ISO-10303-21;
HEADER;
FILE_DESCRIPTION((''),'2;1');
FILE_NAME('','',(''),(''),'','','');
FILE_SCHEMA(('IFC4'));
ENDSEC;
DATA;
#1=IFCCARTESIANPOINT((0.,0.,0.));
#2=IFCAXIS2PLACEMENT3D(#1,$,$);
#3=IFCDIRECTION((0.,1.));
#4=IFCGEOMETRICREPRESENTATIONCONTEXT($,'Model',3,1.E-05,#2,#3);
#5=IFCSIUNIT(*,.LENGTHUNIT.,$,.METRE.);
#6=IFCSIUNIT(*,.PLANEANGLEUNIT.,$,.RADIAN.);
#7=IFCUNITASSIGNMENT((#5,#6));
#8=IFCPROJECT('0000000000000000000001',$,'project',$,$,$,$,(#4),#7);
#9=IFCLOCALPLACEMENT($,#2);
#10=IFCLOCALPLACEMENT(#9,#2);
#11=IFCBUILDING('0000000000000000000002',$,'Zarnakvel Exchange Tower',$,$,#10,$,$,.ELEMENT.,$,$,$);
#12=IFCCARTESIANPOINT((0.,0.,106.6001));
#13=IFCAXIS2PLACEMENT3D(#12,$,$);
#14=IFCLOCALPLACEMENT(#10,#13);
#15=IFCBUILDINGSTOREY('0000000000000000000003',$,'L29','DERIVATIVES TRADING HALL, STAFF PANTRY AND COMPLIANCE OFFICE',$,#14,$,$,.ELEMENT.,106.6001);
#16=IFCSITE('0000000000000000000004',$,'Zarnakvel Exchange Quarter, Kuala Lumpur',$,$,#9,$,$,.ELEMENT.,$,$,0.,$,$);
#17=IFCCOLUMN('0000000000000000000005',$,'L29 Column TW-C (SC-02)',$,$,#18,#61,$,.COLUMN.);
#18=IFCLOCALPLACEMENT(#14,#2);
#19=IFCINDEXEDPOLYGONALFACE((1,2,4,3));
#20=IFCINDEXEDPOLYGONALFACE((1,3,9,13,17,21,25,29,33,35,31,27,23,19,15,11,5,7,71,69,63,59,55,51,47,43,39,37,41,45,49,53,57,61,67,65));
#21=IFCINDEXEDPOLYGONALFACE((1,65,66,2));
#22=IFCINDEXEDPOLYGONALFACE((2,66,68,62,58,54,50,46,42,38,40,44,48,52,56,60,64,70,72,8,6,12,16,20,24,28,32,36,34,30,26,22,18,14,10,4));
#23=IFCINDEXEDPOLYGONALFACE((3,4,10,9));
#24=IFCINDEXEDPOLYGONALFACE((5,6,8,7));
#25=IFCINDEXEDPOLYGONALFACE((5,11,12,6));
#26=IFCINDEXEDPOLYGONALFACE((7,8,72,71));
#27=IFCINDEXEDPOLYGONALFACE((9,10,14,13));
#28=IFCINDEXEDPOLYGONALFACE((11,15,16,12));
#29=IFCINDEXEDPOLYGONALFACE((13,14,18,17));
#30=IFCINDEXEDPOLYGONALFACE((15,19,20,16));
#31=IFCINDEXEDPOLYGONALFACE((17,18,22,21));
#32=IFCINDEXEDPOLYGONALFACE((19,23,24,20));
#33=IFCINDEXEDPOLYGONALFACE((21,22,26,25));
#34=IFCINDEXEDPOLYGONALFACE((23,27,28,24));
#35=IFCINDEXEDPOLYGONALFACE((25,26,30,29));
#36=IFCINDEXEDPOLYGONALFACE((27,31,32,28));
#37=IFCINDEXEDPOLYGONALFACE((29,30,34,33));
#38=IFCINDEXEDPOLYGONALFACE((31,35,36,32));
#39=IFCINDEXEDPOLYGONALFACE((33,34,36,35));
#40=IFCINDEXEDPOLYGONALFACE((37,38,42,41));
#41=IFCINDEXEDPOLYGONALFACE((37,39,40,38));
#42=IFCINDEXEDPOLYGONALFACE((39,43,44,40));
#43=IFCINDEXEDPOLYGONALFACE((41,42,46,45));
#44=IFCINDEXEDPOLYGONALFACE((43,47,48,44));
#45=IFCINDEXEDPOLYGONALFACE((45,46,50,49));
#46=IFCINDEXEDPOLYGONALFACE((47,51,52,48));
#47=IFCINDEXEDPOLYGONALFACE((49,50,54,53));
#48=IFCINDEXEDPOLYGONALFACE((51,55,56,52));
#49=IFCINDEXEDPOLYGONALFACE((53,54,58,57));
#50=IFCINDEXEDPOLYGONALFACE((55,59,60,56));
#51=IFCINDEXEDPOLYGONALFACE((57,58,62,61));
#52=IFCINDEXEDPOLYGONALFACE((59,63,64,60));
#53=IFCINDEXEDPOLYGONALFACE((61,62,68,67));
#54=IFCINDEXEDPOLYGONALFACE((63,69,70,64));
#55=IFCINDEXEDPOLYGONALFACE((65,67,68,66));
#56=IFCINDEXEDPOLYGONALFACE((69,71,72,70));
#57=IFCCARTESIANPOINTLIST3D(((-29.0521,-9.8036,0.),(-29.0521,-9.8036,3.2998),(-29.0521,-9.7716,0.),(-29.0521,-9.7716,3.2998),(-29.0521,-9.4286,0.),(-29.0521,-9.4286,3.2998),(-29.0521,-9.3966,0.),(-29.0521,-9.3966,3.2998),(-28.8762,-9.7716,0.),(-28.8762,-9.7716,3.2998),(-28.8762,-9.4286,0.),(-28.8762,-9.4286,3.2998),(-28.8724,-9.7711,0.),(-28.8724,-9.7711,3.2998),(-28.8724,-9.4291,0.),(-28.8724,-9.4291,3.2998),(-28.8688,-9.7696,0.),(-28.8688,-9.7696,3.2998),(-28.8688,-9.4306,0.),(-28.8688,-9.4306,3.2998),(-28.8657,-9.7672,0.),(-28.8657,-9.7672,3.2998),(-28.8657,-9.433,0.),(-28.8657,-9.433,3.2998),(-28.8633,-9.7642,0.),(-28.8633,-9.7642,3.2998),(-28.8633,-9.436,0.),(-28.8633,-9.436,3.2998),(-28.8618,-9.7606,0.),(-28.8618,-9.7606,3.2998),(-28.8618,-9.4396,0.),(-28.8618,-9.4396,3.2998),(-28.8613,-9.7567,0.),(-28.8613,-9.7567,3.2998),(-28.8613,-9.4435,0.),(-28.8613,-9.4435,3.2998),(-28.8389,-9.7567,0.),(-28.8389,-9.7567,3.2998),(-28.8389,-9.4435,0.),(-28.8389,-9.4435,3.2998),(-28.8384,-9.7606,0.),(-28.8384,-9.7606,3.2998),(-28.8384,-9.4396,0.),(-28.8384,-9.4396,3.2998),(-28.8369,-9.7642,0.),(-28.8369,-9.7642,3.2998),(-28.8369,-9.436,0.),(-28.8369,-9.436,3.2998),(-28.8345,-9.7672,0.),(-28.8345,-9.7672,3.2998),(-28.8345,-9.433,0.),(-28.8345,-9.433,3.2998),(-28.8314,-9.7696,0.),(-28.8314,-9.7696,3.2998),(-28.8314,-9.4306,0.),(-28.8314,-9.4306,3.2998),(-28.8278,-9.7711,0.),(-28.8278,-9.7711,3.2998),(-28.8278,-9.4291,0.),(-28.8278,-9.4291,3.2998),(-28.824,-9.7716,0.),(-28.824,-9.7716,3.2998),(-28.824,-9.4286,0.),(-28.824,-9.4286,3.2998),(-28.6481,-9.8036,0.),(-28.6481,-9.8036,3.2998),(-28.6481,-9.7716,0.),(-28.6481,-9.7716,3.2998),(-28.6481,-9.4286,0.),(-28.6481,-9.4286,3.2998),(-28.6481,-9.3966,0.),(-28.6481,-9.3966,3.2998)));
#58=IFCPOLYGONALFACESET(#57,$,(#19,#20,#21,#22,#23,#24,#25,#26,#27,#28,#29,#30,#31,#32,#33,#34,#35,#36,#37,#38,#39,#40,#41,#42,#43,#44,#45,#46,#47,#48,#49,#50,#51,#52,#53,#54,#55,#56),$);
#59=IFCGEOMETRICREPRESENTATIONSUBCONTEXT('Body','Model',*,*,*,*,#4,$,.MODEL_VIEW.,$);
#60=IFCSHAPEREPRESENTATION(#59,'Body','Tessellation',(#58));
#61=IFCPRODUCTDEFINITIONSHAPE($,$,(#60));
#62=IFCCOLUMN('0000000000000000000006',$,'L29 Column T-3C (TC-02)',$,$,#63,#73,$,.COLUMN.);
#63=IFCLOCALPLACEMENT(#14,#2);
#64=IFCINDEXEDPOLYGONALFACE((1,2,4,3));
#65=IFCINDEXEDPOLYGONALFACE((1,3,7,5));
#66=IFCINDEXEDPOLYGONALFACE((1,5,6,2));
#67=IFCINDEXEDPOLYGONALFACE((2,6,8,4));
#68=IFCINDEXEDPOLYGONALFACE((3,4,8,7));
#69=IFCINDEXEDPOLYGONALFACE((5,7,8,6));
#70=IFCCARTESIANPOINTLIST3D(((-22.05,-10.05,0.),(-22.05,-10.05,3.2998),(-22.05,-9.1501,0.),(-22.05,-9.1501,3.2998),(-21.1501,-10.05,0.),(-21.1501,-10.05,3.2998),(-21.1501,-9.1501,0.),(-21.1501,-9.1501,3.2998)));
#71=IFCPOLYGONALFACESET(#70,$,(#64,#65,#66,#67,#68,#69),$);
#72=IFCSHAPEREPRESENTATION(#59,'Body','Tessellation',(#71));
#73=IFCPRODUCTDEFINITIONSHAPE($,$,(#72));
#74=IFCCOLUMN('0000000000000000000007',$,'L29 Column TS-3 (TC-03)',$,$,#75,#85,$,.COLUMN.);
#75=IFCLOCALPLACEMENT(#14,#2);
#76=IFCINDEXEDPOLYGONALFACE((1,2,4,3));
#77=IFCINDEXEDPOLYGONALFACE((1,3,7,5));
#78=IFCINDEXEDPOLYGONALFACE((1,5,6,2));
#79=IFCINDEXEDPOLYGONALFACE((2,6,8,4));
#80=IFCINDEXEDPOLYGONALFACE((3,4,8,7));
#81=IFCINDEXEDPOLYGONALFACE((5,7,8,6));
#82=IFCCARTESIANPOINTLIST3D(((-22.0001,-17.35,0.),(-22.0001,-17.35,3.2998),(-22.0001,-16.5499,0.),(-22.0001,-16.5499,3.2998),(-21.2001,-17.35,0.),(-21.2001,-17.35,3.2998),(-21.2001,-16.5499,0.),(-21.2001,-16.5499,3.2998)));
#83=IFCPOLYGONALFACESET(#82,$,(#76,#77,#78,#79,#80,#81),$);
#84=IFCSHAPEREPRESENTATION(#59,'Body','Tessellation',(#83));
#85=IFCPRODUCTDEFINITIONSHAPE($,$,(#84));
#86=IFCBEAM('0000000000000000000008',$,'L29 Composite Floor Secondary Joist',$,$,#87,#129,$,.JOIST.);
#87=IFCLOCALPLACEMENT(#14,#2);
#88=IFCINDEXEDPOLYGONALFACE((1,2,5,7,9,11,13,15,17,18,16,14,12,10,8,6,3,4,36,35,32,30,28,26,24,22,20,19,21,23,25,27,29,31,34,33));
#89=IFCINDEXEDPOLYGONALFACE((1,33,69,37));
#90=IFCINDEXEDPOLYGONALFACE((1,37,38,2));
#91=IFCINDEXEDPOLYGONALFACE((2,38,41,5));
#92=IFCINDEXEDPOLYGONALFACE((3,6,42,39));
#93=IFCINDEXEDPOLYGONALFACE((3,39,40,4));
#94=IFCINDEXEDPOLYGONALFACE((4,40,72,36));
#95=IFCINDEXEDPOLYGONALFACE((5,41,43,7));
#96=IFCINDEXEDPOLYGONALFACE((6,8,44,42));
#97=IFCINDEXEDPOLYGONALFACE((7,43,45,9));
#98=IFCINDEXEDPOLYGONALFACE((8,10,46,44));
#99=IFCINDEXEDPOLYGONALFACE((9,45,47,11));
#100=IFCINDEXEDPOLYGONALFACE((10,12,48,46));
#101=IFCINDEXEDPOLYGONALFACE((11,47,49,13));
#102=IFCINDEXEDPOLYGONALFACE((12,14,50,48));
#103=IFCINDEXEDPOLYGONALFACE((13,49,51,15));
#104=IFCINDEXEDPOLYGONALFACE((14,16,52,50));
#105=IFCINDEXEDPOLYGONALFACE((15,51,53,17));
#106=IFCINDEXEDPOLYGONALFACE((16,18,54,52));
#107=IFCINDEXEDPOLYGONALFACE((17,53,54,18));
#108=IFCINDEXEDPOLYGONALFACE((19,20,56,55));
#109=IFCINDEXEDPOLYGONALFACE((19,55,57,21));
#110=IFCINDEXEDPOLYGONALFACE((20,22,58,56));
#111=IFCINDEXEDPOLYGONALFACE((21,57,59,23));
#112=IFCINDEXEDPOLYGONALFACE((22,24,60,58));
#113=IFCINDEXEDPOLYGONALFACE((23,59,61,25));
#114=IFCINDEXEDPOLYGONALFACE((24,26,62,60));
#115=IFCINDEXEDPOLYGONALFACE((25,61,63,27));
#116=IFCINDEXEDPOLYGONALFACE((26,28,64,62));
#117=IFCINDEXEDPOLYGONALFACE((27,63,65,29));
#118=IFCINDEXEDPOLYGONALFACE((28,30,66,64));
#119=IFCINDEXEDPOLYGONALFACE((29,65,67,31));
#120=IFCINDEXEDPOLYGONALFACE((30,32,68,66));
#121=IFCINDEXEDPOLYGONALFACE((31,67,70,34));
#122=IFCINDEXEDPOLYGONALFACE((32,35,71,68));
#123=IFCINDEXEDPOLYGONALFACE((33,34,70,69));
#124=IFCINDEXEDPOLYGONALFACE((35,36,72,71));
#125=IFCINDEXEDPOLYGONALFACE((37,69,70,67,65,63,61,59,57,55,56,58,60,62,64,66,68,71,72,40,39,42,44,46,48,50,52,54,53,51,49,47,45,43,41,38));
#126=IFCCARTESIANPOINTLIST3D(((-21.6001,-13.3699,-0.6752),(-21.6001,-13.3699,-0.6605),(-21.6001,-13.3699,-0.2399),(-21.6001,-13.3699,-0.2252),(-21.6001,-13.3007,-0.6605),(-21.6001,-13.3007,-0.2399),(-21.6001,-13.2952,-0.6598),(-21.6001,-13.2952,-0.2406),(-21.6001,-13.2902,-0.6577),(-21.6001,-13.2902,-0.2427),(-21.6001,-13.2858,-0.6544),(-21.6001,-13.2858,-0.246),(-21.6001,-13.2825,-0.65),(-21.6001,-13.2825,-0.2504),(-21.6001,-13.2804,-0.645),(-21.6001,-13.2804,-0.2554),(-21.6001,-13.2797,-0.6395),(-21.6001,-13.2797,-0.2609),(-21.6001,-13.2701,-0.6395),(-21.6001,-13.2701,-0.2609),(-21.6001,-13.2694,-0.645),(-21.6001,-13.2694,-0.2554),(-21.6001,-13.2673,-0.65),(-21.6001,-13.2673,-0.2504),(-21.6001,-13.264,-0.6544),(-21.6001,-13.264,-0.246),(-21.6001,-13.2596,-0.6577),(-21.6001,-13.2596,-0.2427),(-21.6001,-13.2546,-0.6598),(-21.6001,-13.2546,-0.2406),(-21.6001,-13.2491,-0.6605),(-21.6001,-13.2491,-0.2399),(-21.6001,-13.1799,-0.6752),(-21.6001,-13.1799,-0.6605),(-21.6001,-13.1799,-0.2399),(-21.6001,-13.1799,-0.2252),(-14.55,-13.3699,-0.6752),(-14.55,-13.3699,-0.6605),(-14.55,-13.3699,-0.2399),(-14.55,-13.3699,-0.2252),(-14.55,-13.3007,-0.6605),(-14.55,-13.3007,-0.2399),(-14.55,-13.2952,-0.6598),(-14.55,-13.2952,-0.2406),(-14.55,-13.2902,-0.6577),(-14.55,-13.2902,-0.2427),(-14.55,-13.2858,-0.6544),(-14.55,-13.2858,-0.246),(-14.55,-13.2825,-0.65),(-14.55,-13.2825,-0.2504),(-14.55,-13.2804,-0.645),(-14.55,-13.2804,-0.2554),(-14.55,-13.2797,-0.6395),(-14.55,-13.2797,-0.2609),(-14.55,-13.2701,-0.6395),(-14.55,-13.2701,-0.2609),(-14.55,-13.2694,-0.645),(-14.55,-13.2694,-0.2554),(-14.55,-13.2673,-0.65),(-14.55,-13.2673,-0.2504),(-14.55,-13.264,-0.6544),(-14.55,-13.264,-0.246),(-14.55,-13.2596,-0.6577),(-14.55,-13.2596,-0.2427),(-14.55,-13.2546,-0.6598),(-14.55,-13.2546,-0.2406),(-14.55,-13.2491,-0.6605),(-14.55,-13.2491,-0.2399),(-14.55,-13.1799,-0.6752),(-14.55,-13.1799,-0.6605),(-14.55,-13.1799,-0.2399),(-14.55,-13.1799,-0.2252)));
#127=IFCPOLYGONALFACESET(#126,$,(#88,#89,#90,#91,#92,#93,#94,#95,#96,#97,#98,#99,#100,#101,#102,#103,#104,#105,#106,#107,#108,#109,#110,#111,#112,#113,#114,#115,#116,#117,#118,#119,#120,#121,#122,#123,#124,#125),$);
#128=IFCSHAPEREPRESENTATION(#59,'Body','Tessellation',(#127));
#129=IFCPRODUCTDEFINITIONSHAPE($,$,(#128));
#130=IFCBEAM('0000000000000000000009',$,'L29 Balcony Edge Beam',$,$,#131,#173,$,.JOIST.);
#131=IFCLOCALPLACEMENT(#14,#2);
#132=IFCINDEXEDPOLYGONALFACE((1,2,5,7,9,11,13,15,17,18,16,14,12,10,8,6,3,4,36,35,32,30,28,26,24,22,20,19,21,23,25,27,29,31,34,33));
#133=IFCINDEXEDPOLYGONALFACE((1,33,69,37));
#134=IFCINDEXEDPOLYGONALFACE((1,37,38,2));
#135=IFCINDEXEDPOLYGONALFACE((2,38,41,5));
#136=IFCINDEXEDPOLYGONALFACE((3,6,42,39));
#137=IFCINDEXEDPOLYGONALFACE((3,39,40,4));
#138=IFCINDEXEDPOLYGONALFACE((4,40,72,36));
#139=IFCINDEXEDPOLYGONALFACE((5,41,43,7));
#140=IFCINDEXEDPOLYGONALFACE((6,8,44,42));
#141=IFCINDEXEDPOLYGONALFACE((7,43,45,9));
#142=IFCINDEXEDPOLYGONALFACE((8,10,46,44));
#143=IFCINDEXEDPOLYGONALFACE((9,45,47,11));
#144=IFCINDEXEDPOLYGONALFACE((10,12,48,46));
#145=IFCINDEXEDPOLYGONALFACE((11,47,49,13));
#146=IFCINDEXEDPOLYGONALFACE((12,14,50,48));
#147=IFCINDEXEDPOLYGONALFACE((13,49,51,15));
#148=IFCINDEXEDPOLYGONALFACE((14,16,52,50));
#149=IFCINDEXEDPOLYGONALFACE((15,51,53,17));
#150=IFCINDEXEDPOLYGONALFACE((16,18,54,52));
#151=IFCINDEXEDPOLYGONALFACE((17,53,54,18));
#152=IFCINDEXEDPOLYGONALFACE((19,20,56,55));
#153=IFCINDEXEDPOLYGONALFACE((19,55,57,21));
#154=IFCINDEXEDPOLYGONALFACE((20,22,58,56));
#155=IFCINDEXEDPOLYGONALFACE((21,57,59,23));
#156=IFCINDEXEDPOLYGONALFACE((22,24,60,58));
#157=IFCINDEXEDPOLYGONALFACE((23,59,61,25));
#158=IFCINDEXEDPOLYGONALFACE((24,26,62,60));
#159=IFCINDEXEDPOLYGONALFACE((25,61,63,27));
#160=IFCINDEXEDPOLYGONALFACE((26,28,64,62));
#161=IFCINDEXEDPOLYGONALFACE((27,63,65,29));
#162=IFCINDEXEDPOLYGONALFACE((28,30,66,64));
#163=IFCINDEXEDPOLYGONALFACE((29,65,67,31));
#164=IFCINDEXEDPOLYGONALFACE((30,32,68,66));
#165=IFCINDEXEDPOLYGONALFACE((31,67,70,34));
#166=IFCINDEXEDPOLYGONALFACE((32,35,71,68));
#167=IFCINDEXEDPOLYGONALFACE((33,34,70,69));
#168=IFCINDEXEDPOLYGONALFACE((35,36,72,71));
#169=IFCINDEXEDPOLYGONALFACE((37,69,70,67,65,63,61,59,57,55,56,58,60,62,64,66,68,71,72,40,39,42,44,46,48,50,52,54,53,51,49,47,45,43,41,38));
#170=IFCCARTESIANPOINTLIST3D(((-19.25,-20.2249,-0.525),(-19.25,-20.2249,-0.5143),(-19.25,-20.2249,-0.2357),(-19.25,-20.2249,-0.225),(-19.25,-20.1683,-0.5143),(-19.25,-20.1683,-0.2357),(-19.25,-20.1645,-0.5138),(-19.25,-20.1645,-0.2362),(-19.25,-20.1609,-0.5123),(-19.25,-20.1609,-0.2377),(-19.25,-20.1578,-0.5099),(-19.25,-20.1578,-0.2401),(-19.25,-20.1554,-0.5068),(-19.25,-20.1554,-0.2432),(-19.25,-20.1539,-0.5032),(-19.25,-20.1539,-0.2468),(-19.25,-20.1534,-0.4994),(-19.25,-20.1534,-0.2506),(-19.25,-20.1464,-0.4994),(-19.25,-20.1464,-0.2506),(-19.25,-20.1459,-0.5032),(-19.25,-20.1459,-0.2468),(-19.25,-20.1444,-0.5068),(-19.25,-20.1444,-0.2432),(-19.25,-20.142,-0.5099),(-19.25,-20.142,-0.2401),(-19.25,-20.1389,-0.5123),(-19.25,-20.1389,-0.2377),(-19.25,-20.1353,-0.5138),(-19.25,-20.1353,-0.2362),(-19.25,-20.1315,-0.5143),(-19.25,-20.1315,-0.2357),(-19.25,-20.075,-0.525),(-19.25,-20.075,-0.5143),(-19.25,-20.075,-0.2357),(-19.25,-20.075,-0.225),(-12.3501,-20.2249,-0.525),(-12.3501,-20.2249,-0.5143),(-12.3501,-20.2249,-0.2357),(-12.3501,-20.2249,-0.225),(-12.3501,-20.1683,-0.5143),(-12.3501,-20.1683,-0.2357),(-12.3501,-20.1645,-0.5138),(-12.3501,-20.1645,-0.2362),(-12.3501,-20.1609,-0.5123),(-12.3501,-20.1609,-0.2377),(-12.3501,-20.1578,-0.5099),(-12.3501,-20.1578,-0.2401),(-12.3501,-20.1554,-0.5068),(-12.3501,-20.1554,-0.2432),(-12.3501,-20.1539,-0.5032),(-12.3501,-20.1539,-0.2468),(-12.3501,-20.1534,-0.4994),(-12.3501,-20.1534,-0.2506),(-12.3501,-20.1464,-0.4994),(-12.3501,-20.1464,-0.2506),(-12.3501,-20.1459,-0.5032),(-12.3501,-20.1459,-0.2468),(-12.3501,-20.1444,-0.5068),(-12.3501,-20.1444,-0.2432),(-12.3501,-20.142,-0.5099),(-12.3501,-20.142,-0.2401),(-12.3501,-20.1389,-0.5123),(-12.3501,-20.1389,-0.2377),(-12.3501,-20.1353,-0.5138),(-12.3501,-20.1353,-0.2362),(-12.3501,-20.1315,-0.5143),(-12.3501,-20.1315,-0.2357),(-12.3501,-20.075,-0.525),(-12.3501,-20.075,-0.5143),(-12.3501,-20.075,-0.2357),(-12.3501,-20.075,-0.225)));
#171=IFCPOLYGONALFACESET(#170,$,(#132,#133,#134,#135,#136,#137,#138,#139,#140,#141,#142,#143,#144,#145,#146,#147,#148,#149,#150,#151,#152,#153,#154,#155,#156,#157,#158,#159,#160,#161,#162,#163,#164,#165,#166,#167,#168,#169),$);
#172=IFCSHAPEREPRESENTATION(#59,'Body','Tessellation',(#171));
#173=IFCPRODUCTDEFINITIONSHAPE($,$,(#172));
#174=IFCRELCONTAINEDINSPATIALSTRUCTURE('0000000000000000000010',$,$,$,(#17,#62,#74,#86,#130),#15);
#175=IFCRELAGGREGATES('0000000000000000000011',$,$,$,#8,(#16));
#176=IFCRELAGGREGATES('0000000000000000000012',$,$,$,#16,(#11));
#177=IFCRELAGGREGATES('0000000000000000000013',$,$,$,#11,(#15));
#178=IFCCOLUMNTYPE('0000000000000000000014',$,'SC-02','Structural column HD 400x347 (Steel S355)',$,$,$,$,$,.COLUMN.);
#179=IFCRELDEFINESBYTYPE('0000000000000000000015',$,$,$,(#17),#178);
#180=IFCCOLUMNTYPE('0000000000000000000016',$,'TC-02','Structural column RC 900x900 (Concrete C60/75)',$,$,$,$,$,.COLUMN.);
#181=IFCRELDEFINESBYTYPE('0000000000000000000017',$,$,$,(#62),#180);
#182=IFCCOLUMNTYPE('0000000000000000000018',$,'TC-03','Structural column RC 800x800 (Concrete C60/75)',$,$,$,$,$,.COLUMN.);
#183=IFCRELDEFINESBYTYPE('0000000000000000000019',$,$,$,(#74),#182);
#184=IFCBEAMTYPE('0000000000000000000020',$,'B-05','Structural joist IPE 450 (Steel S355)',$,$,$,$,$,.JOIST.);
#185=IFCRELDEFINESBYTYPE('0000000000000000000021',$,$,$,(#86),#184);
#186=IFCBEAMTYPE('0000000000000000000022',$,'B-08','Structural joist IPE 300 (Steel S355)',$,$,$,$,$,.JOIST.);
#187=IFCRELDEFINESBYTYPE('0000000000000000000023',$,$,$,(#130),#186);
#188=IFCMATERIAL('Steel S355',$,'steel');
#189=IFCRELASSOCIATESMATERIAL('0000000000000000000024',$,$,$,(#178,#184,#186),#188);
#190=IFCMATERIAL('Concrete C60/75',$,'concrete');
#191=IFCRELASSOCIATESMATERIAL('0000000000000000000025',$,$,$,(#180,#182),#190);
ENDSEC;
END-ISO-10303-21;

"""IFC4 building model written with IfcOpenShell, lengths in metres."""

from ifc_helpers import new_model, si_unit, direction, frame, origin, origin_2d, place, context, subcontext, project, spatial, rectangle, i_section, extrude, material, material_profile, profile_set, type_object, element, save


model = new_model("IFC4")

# Units and contexts
model_context = context("Model", 3, precision=1e-05, world=origin(), true_north=direction((0.0, 1.0)))
body_context = subcontext(model_context, "Body", "Model", "MODEL_VIEW")
ifc_project = project(units=[si_unit("LENGTHUNIT", "METRE"), si_unit("PLANEANGLEUNIT", "RADIAN")], contexts=[model_context])

# Site, building, storey
site_placement = place(None, origin())
site = spatial("IfcSite", under=ifc_project, at=site_placement, Name="Zarnakvel Exchange Quarter, Kuala Lumpur", CompositionType="ELEMENT", RefElevation=0.0)
building_placement = place(site_placement, origin())
building = spatial("IfcBuilding", under=site, at=building_placement, Name="Zarnakvel Exchange Tower", CompositionType="ELEMENT")
storey_placement = place(building_placement, frame((0.0, 0.0, 106.6001)))
storey = spatial("IfcBuildingStorey", under=building, at=storey_placement, Name="L29", Description="DERIVATIVES TRADING HALL, STAFF PANTRY AND COMPLIANCE OFFICE", CompositionType="ELEMENT", Elevation=106.6001)

# Columns
ifc_material_1 = material(Name="Steel S355", Category="steel")
ifc_material_profile_1 = material_profile(ifc_material_1, i_section(OverallWidth=0.4041, OverallDepth=0.407, WebThickness=0.0225, FlangeThickness=0.032, FilletRadius=0.0149, at=origin_2d()))
ifc_profile_set_1 = profile_set([ifc_material_profile_1], Name="Steel S355")
column_type_1 = type_object("IfcColumnType", Name="SC-02", Description="Structural column HD 400x347 (Steel S355)", PredefinedType="COLUMN", material=ifc_profile_set_1)
column_1_placement = place(storey_placement, frame((-28.8501, -9.6001, 0.0), z_axis=(0.0, 0.0, 1.0), x_axis=(1.0, 0.0, 0.0)))
element("IfcColumn", 1, at=column_1_placement, inside=storey, type_object=column_type_1, Name="L29 Column TW-C (SC-02)", PredefinedType="COLUMN", context=body_context, shape_type="SweptSolid", body=[
    extrude(i_section(OverallWidth=0.4041, OverallDepth=0.407, WebThickness=0.0225, FlangeThickness=0.032, FilletRadius=0.0149, at=origin_2d()), origin(), (0.0, 0.0, 1.0), 3.2998),
])
ifc_material_2 = material(Name="Concrete C60/75", Category="concrete")
ifc_material_profile_2 = material_profile(ifc_material_2, rectangle(XDim=0.8999, YDim=0.8999, at=origin_2d()))
ifc_profile_set_2 = profile_set([ifc_material_profile_2], Name="Concrete C60/75")
column_type_2 = type_object("IfcColumnType", Name="TC-02", Description="Structural column RC 900x900 (Concrete C60/75)", PredefinedType="COLUMN", material=ifc_profile_set_2)
column_2_placement = place(storey_placement, frame((-21.6001, -9.6001, 0.0), z_axis=(0.0, 0.0, 1.0), x_axis=(1.0, 0.0, 0.0)))
element("IfcColumn", 2, at=column_2_placement, inside=storey, type_object=column_type_2, Name="L29 Column T-3C (TC-02)", PredefinedType="COLUMN", context=body_context, shape_type="SweptSolid", body=[
    extrude(rectangle(XDim=0.8999, YDim=0.8999, at=origin_2d()), origin(), (0.0, 0.0, 1.0), 3.2998),
])
ifc_material_profile_3 = material_profile(ifc_material_2, rectangle(XDim=0.8, YDim=0.8, at=origin_2d()))
ifc_profile_set_3 = profile_set([ifc_material_profile_3], Name="Concrete C60/75")
column_type_3 = type_object("IfcColumnType", Name="TC-03", Description="Structural column RC 800x800 (Concrete C60/75)", PredefinedType="COLUMN", material=ifc_profile_set_3)
column_3_placement = place(storey_placement, frame((-21.6001, -16.95, 0.0), z_axis=(0.0, 0.0, 1.0), x_axis=(1.0, 0.0, 0.0)))
element("IfcColumn", 3, at=column_3_placement, inside=storey, type_object=column_type_3, Name="L29 Column TS-3 (TC-03)", PredefinedType="COLUMN", context=body_context, shape_type="SweptSolid", body=[
    extrude(rectangle(XDim=0.8, YDim=0.8, at=origin_2d()), origin(), (0.0, 0.0, 1.0), 3.2998),
])

# Beams
ifc_material_profile_4 = material_profile(ifc_material_1, i_section(OverallWidth=0.1899, OverallDepth=0.45, WebThickness=0.0095, FlangeThickness=0.0146, FilletRadius=0.021, at=origin_2d()))
ifc_profile_set_4 = profile_set([ifc_material_profile_4], Name="Steel S355")
beam_type_1 = type_object("IfcBeamType", Name="B-05", Description="Structural joist IPE 450 (Steel S355)", PredefinedType="JOIST", material=ifc_profile_set_4)
beam_1_placement = place(storey_placement, frame((-21.6001, -13.2749, -0.4502), z_axis=(1.0, 0.0, 0.0), x_axis=(0.0, 1.0, 0.0)))
element("IfcBeam", 4, at=beam_1_placement, inside=storey, type_object=beam_type_1, Name="L29 Composite Floor Secondary Joist", PredefinedType="JOIST", context=body_context, shape_type="SweptSolid", body=[
    extrude(i_section(OverallWidth=0.1899, OverallDepth=0.45, WebThickness=0.0095, FlangeThickness=0.0146, FilletRadius=0.021, at=origin_2d()), origin(), (0.0, 0.0, 1.0), 7.05),
])
ifc_material_profile_5 = material_profile(ifc_material_1, i_section(OverallWidth=0.1499, OverallDepth=0.3, WebThickness=0.0071, FlangeThickness=0.0107, FilletRadius=0.0149, at=origin_2d()))
ifc_profile_set_5 = profile_set([ifc_material_profile_5], Name="Steel S355")
beam_type_2 = type_object("IfcBeamType", Name="B-08", Description="Structural joist IPE 300 (Steel S355)", PredefinedType="JOIST", material=ifc_profile_set_5)
beam_2_placement = place(storey_placement, frame((-19.25, -20.1499, -0.375), z_axis=(1.0, 0.0, 0.0), x_axis=(0.0, 1.0, 0.0)))
element("IfcBeam", 5, at=beam_2_placement, inside=storey, type_object=beam_type_2, Name="L29 Balcony Edge Beam", PredefinedType="JOIST", context=body_context, shape_type="SweptSolid", body=[
    extrude(i_section(OverallWidth=0.1499, OverallDepth=0.3, WebThickness=0.0071, FlangeThickness=0.0107, FilletRadius=0.0149, at=origin_2d()), origin(), (0.0, 0.0, 1.0), 6.8999),
])

save(model, "model.ifc")
